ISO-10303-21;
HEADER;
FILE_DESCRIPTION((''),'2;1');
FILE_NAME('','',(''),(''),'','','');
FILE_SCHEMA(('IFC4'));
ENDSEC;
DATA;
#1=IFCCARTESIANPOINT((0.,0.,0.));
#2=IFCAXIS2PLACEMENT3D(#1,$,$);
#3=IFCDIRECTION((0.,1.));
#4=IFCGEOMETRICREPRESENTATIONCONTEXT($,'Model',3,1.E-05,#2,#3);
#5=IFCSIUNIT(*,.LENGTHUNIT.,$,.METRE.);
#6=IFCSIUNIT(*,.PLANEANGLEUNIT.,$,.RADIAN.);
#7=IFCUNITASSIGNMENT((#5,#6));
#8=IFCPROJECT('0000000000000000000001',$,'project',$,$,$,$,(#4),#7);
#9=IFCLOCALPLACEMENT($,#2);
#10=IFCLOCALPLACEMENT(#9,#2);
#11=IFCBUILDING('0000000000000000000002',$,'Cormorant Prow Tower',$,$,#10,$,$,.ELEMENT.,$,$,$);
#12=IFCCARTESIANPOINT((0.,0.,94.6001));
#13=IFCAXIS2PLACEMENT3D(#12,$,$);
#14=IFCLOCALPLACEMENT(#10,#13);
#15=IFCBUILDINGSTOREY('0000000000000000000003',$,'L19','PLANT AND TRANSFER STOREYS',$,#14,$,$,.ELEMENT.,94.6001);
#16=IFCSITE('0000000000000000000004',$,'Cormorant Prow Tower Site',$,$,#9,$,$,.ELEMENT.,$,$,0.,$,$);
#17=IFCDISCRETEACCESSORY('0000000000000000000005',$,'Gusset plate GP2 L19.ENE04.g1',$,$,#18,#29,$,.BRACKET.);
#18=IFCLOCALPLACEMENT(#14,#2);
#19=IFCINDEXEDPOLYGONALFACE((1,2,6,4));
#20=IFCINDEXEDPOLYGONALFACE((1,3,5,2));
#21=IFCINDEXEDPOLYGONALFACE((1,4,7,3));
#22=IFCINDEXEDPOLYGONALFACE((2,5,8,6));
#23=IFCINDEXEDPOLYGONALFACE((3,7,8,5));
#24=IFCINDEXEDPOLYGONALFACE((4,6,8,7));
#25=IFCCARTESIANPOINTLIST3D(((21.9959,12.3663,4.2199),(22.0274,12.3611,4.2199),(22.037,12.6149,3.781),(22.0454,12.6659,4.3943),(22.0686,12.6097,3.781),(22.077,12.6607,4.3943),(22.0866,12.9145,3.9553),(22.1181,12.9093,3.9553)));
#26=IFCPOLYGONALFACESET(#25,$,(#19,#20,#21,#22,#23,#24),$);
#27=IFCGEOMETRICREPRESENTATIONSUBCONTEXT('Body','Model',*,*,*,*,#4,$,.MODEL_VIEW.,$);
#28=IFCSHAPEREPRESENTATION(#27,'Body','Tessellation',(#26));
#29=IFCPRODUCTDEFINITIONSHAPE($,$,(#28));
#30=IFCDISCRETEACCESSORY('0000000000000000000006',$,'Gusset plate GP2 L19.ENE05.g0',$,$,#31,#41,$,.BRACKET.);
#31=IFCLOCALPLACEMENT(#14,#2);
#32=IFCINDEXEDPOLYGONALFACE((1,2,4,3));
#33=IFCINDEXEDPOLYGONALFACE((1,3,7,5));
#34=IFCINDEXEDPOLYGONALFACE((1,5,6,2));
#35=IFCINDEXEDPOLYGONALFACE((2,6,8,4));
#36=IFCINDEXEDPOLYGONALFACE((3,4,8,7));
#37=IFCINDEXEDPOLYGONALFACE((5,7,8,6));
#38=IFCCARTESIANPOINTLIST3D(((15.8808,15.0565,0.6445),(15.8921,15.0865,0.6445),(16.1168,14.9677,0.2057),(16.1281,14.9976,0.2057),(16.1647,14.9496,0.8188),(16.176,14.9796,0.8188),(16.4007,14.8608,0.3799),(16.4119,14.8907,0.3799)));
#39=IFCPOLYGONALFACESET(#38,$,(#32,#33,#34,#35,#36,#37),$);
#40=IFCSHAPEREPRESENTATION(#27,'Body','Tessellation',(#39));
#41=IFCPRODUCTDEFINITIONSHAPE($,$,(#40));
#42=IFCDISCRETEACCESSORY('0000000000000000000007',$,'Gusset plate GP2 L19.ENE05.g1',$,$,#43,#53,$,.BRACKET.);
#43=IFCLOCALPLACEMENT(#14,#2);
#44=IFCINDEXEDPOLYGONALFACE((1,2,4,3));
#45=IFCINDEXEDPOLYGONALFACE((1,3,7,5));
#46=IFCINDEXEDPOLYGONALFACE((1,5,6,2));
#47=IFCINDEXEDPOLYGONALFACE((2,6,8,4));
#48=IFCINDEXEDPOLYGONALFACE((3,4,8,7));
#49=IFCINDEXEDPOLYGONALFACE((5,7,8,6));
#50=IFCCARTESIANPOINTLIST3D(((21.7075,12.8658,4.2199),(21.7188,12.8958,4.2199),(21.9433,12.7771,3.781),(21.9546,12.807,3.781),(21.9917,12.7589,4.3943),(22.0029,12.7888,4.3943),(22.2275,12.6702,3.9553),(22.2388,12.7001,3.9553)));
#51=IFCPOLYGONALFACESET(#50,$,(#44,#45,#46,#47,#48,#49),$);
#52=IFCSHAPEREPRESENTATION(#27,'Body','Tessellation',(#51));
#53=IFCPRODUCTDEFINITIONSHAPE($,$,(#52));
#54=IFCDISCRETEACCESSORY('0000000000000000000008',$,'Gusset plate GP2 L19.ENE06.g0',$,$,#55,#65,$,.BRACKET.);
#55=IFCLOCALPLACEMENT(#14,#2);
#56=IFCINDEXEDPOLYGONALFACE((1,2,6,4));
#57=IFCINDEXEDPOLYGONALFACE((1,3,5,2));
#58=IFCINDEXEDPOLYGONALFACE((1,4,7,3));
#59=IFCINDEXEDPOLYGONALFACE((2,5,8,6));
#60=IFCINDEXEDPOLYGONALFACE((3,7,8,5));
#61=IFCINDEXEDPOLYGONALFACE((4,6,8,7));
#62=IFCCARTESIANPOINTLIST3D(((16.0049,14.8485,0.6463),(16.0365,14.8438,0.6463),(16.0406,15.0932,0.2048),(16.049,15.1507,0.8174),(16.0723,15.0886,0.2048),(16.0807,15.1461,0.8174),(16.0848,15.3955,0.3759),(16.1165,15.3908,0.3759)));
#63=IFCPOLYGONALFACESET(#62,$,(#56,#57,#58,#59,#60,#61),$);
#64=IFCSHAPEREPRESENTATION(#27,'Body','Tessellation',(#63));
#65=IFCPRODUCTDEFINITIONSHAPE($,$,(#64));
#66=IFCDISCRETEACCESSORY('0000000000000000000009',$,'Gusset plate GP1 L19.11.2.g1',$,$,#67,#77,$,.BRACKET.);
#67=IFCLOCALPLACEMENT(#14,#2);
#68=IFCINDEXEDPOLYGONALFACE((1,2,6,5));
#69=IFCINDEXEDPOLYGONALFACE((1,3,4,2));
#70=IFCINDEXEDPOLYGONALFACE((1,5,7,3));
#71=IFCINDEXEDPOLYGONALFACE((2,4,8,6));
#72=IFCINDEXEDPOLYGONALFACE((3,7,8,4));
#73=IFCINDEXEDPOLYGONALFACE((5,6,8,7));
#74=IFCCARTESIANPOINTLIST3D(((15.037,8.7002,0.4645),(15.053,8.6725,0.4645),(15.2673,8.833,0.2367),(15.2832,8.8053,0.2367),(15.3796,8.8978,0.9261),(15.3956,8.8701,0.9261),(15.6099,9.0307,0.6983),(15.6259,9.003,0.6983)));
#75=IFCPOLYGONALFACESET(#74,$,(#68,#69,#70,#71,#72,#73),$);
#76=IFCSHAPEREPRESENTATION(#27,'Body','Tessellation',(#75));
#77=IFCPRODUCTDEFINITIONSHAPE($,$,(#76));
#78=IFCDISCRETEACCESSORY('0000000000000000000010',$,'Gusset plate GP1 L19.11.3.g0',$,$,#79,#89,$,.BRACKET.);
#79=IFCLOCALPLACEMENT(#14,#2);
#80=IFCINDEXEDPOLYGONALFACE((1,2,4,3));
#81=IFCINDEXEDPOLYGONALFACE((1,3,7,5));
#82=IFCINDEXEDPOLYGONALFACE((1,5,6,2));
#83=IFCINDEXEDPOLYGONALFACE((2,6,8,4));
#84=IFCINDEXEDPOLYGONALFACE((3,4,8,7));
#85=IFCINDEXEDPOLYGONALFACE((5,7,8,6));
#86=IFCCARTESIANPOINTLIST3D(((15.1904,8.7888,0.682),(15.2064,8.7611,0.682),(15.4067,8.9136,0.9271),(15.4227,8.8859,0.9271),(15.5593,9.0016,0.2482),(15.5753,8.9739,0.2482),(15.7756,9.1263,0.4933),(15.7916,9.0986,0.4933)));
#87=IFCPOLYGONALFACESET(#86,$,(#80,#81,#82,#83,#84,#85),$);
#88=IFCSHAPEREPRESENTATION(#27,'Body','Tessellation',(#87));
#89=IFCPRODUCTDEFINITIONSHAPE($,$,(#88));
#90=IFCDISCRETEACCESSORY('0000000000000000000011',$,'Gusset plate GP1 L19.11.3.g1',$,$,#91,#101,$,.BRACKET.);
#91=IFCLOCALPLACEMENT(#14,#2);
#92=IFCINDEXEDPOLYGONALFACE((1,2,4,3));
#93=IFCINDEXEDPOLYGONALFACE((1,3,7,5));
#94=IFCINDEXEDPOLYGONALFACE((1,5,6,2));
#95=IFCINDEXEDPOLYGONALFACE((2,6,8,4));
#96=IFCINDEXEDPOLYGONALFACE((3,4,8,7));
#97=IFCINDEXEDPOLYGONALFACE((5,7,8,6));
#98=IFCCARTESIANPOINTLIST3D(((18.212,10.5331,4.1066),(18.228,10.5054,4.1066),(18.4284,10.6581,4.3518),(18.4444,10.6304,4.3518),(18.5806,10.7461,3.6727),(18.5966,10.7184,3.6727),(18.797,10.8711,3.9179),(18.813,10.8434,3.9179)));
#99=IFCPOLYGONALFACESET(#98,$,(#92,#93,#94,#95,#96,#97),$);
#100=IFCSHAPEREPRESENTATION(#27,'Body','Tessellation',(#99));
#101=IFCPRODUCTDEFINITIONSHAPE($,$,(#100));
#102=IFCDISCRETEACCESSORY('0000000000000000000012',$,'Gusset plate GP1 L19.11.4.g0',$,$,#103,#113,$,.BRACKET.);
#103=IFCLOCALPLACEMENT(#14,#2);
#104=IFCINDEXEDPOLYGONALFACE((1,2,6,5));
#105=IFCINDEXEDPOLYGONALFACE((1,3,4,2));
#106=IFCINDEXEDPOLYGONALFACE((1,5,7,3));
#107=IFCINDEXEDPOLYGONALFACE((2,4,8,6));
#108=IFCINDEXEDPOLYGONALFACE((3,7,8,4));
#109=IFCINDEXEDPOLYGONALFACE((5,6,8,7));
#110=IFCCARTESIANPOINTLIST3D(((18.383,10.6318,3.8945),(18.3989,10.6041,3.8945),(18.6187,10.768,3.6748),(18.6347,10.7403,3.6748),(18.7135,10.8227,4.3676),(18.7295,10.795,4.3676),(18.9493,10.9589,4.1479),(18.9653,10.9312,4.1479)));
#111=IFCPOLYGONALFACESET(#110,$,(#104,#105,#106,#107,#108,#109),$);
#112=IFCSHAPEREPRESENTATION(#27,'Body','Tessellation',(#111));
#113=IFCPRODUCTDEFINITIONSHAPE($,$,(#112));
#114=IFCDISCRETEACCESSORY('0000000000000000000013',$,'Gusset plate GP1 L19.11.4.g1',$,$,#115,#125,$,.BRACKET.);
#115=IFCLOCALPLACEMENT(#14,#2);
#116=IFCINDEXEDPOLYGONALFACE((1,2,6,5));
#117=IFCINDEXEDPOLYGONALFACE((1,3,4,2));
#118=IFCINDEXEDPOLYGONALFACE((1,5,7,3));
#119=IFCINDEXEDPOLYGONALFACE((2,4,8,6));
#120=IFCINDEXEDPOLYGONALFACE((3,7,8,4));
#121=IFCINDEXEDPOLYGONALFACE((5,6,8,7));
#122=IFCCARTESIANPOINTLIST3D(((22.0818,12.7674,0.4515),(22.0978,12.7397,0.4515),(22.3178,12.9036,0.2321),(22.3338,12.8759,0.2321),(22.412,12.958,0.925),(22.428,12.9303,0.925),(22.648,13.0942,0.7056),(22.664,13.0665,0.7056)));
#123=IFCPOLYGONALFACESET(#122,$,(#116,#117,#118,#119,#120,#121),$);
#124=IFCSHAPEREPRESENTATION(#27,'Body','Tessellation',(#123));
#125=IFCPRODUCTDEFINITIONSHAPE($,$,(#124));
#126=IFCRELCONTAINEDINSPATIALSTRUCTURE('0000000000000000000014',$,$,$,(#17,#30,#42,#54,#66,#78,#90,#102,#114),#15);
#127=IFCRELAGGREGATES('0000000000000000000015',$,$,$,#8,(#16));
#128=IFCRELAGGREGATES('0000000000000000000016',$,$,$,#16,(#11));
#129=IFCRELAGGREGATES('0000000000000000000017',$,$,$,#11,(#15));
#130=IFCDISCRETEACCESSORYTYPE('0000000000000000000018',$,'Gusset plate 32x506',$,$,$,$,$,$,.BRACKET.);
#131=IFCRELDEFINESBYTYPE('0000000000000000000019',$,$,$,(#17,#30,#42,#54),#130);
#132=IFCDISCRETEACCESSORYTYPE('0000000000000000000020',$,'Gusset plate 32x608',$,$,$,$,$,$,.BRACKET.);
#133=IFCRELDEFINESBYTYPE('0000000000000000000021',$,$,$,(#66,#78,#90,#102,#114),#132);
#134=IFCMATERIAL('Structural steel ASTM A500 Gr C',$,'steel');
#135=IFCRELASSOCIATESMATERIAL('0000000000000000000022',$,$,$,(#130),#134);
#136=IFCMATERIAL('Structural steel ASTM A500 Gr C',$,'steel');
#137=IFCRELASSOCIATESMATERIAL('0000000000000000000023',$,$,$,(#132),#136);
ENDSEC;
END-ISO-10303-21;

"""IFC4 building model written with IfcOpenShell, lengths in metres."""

from ifc_helpers import new_model, si_unit, direction, frame, origin, origin_2d, place, context, subcontext, project, spatial, rectangle, extrude, material, material_profile, profile_set, type_object, element, save


model = new_model("IFC4")

# Units and contexts
model_context = context("Model", 3, precision=1e-05, world=origin(), true_north=direction((0.0, 1.0)))
body_context = subcontext(model_context, "Body", "Model", "MODEL_VIEW")
ifc_project = project(units=[si_unit("LENGTHUNIT", "METRE"), si_unit("PLANEANGLEUNIT", "RADIAN")], contexts=[model_context])

# Site, building, storey
site_placement = place(None, origin())
site = spatial("IfcSite", under=ifc_project, at=site_placement, Name="Cormorant Prow Tower Site", CompositionType="ELEMENT", RefElevation=0.0)
building_placement = place(site_placement, origin())
building = spatial("IfcBuilding", under=site, at=building_placement, Name="Cormorant Prow Tower", CompositionType="ELEMENT")
storey_placement = place(building_placement, frame((0.0, 0.0, 94.6001)))
storey = spatial("IfcBuildingStorey", under=building, at=storey_placement, Name="L19", Description="PLANT AND TRANSFER STOREYS", CompositionType="ELEMENT", Elevation=94.6001)

# Discrete accessories
ifc_material_1 = material(Name="Structural steel ASTM A500 Gr C", Category="steel")
ifc_material_profile_1 = material_profile(ifc_material_1, rectangle(XDim=0.032, YDim=0.5061, at=origin_2d()), Name="Gusset plate 32x506")
ifc_profile_set_1 = profile_set([ifc_material_profile_1], Name="Structural steel ASTM A500 Gr C")
discrete_accessory_type_1 = type_object("IfcDiscreteAccessoryType", Name="Gusset plate 32x506", PredefinedType="BRACKET", material=ifc_profile_set_1)
discrete_accessory_1_placement = place(storey_placement, frame((22.0322, 12.488, 4.0005), z_axis=(0.141556, 0.855612, 0.497886), x_axis=(-0.986589, 0.163225, 0.0)))
element("IfcDiscreteAccessory", 1, at=discrete_accessory_1_placement, inside=storey, type_object=discrete_accessory_type_1, Name="Gusset plate GP2 L19.ENE04.g1", PredefinedType="BRACKET", context=body_context, shape_type="SweptSolid", body=[
    extrude(rectangle(XDim=0.032, YDim=0.5061, at=origin_2d()), origin(), (0.0, 0.0, 1.0), 0.3501),
])
discrete_accessory_2_placement = place(storey_placement, frame((16.2883, 14.9202, 0.5994), z_axis=(-0.811442, 0.305599, -0.498168), x_axis=(-0.352446, -0.935832, 0.0)))
element("IfcDiscreteAccessory", 2, at=discrete_accessory_2_placement, inside=storey, type_object=discrete_accessory_type_1, Name="Gusset plate GP2 L19.ENE05.g0", PredefinedType="BRACKET", context=body_context, shape_type="SweptSolid", body=[
    extrude(rectangle(XDim=0.032, YDim=0.5061, at=origin_2d()), origin(), (0.0, 0.0, 1.0), 0.3499),
])
for number, where, z_axis, x_axis, name in (
    (3, (21.8311, 12.8364, 4.0005), (0.81168, -0.305426, 0.497886), (0.352181, 0.935932, 0.0), "Gusset plate GP2 L19.ENE05.g1"),
    (4, (16.0828, 15.2708, 0.5967), (-0.126207, -0.863225, -0.488789), (0.989481, -0.144666, 0.0), "Gusset plate GP2 L19.ENE06.g0"),
):
    element("IfcDiscreteAccessory", number, at=place(storey_placement, frame(where, z_axis=z_axis, x_axis=x_axis)), inside=storey, type_object=discrete_accessory_type_1, Name=name, PredefinedType="BRACKET", context=body_context, shape_type="SweptSolid", body=[
        extrude(rectangle(XDim=0.032, YDim=0.5061, at=origin_2d()), origin(), (0.0, 0.0, 1.0), 0.3501),
    ])
ifc_material_2 = material(Name="Structural steel ASTM A500 Gr C", Category="steel")
ifc_material_profile_2 = material_profile(ifc_material_2, rectangle(XDim=0.032, YDim=0.6079, at=origin_2d()), Name="Gusset plate 32x608")
ifc_profile_set_2 = profile_set([ifc_material_profile_2], Name="Structural steel ASTM A500 Gr C")
discrete_accessory_type_2 = type_object("IfcDiscreteAccessoryType", Name="Gusset plate 32x608", PredefinedType="BRACKET", material=ifc_profile_set_2)
discrete_accessory_3_placement = place(storey_placement, frame((15.2163, 8.7852, 0.6953), z_axis=(0.65771, 0.379421, -0.650736), x_axis=(-0.499696, 0.866201, 0.0)))
element("IfcDiscreteAccessory", 5, at=discrete_accessory_3_placement, inside=storey, type_object=discrete_accessory_type_2, Name="Gusset plate GP1 L19.11.2.g1", PredefinedType="BRACKET", context=body_context, shape_type="SweptSolid", body=[
    extrude(rectangle(XDim=0.032, YDim=0.6079, at=origin_2d()), origin(), (0.0, 0.0, 1.0), 0.3501),
])
discrete_accessory_4_placement = place(storey_placement, frame((15.5991, 9.0061, 0.7102), z_axis=(-0.618186, -0.356539, -0.700518), x_axis=(0.49961, -0.866251, 0.0)))
element("IfcDiscreteAccessory", 6, at=discrete_accessory_4_placement, inside=storey, type_object=discrete_accessory_type_2, Name="Gusset plate GP1 L19.11.3.g0", PredefinedType="BRACKET", context=body_context, shape_type="SweptSolid", body=[
    extrude(rectangle(XDim=0.032, YDim=0.6079, at=origin_2d()), origin(), (0.0, 0.0, 1.0), 0.3499),
])
discrete_accessory_5_placement = place(storey_placement, frame((18.4043, 10.6257, 3.8896), z_axis=(0.618033, 0.357147, 0.700344), x_axis=(-0.500343, 0.865827, 0.0)))
element("IfcDiscreteAccessory", 7, at=discrete_accessory_5_placement, inside=storey, type_object=discrete_accessory_type_2, Name="Gusset plate GP1 L19.11.3.g1", PredefinedType="BRACKET", context=body_context, shape_type="SweptSolid", body=[
    extrude(rectangle(XDim=0.032, YDim=0.6079, at=origin_2d()), origin(), (0.0, 0.0, 1.0), 0.3501),
])
for number, where, z_axis, x_axis, name in (
    (8, (18.792, 10.8496, 3.9114), (-0.673941, -0.389295, 0.627895), (0.500188, -0.865917, 0.0), "Gusset plate GP1 L19.11.4.g0"),
    (9, (22.2549, 12.8489, 0.6882), (0.674617, 0.389282, -0.627177), (-0.4998, 0.866141, 0.0), "Gusset plate GP1 L19.11.4.g1"),
):
    element("IfcDiscreteAccessory", number, at=place(storey_placement, frame(where, z_axis=z_axis, x_axis=x_axis)), inside=storey, type_object=discrete_accessory_type_2, Name=name, PredefinedType="BRACKET", context=body_context, shape_type="SweptSolid", body=[
        extrude(rectangle(XDim=0.032, YDim=0.6079, at=origin_2d()), origin(), (0.0, 0.0, 1.0), 0.3499),
    ])

save(model, "model.ifc")
